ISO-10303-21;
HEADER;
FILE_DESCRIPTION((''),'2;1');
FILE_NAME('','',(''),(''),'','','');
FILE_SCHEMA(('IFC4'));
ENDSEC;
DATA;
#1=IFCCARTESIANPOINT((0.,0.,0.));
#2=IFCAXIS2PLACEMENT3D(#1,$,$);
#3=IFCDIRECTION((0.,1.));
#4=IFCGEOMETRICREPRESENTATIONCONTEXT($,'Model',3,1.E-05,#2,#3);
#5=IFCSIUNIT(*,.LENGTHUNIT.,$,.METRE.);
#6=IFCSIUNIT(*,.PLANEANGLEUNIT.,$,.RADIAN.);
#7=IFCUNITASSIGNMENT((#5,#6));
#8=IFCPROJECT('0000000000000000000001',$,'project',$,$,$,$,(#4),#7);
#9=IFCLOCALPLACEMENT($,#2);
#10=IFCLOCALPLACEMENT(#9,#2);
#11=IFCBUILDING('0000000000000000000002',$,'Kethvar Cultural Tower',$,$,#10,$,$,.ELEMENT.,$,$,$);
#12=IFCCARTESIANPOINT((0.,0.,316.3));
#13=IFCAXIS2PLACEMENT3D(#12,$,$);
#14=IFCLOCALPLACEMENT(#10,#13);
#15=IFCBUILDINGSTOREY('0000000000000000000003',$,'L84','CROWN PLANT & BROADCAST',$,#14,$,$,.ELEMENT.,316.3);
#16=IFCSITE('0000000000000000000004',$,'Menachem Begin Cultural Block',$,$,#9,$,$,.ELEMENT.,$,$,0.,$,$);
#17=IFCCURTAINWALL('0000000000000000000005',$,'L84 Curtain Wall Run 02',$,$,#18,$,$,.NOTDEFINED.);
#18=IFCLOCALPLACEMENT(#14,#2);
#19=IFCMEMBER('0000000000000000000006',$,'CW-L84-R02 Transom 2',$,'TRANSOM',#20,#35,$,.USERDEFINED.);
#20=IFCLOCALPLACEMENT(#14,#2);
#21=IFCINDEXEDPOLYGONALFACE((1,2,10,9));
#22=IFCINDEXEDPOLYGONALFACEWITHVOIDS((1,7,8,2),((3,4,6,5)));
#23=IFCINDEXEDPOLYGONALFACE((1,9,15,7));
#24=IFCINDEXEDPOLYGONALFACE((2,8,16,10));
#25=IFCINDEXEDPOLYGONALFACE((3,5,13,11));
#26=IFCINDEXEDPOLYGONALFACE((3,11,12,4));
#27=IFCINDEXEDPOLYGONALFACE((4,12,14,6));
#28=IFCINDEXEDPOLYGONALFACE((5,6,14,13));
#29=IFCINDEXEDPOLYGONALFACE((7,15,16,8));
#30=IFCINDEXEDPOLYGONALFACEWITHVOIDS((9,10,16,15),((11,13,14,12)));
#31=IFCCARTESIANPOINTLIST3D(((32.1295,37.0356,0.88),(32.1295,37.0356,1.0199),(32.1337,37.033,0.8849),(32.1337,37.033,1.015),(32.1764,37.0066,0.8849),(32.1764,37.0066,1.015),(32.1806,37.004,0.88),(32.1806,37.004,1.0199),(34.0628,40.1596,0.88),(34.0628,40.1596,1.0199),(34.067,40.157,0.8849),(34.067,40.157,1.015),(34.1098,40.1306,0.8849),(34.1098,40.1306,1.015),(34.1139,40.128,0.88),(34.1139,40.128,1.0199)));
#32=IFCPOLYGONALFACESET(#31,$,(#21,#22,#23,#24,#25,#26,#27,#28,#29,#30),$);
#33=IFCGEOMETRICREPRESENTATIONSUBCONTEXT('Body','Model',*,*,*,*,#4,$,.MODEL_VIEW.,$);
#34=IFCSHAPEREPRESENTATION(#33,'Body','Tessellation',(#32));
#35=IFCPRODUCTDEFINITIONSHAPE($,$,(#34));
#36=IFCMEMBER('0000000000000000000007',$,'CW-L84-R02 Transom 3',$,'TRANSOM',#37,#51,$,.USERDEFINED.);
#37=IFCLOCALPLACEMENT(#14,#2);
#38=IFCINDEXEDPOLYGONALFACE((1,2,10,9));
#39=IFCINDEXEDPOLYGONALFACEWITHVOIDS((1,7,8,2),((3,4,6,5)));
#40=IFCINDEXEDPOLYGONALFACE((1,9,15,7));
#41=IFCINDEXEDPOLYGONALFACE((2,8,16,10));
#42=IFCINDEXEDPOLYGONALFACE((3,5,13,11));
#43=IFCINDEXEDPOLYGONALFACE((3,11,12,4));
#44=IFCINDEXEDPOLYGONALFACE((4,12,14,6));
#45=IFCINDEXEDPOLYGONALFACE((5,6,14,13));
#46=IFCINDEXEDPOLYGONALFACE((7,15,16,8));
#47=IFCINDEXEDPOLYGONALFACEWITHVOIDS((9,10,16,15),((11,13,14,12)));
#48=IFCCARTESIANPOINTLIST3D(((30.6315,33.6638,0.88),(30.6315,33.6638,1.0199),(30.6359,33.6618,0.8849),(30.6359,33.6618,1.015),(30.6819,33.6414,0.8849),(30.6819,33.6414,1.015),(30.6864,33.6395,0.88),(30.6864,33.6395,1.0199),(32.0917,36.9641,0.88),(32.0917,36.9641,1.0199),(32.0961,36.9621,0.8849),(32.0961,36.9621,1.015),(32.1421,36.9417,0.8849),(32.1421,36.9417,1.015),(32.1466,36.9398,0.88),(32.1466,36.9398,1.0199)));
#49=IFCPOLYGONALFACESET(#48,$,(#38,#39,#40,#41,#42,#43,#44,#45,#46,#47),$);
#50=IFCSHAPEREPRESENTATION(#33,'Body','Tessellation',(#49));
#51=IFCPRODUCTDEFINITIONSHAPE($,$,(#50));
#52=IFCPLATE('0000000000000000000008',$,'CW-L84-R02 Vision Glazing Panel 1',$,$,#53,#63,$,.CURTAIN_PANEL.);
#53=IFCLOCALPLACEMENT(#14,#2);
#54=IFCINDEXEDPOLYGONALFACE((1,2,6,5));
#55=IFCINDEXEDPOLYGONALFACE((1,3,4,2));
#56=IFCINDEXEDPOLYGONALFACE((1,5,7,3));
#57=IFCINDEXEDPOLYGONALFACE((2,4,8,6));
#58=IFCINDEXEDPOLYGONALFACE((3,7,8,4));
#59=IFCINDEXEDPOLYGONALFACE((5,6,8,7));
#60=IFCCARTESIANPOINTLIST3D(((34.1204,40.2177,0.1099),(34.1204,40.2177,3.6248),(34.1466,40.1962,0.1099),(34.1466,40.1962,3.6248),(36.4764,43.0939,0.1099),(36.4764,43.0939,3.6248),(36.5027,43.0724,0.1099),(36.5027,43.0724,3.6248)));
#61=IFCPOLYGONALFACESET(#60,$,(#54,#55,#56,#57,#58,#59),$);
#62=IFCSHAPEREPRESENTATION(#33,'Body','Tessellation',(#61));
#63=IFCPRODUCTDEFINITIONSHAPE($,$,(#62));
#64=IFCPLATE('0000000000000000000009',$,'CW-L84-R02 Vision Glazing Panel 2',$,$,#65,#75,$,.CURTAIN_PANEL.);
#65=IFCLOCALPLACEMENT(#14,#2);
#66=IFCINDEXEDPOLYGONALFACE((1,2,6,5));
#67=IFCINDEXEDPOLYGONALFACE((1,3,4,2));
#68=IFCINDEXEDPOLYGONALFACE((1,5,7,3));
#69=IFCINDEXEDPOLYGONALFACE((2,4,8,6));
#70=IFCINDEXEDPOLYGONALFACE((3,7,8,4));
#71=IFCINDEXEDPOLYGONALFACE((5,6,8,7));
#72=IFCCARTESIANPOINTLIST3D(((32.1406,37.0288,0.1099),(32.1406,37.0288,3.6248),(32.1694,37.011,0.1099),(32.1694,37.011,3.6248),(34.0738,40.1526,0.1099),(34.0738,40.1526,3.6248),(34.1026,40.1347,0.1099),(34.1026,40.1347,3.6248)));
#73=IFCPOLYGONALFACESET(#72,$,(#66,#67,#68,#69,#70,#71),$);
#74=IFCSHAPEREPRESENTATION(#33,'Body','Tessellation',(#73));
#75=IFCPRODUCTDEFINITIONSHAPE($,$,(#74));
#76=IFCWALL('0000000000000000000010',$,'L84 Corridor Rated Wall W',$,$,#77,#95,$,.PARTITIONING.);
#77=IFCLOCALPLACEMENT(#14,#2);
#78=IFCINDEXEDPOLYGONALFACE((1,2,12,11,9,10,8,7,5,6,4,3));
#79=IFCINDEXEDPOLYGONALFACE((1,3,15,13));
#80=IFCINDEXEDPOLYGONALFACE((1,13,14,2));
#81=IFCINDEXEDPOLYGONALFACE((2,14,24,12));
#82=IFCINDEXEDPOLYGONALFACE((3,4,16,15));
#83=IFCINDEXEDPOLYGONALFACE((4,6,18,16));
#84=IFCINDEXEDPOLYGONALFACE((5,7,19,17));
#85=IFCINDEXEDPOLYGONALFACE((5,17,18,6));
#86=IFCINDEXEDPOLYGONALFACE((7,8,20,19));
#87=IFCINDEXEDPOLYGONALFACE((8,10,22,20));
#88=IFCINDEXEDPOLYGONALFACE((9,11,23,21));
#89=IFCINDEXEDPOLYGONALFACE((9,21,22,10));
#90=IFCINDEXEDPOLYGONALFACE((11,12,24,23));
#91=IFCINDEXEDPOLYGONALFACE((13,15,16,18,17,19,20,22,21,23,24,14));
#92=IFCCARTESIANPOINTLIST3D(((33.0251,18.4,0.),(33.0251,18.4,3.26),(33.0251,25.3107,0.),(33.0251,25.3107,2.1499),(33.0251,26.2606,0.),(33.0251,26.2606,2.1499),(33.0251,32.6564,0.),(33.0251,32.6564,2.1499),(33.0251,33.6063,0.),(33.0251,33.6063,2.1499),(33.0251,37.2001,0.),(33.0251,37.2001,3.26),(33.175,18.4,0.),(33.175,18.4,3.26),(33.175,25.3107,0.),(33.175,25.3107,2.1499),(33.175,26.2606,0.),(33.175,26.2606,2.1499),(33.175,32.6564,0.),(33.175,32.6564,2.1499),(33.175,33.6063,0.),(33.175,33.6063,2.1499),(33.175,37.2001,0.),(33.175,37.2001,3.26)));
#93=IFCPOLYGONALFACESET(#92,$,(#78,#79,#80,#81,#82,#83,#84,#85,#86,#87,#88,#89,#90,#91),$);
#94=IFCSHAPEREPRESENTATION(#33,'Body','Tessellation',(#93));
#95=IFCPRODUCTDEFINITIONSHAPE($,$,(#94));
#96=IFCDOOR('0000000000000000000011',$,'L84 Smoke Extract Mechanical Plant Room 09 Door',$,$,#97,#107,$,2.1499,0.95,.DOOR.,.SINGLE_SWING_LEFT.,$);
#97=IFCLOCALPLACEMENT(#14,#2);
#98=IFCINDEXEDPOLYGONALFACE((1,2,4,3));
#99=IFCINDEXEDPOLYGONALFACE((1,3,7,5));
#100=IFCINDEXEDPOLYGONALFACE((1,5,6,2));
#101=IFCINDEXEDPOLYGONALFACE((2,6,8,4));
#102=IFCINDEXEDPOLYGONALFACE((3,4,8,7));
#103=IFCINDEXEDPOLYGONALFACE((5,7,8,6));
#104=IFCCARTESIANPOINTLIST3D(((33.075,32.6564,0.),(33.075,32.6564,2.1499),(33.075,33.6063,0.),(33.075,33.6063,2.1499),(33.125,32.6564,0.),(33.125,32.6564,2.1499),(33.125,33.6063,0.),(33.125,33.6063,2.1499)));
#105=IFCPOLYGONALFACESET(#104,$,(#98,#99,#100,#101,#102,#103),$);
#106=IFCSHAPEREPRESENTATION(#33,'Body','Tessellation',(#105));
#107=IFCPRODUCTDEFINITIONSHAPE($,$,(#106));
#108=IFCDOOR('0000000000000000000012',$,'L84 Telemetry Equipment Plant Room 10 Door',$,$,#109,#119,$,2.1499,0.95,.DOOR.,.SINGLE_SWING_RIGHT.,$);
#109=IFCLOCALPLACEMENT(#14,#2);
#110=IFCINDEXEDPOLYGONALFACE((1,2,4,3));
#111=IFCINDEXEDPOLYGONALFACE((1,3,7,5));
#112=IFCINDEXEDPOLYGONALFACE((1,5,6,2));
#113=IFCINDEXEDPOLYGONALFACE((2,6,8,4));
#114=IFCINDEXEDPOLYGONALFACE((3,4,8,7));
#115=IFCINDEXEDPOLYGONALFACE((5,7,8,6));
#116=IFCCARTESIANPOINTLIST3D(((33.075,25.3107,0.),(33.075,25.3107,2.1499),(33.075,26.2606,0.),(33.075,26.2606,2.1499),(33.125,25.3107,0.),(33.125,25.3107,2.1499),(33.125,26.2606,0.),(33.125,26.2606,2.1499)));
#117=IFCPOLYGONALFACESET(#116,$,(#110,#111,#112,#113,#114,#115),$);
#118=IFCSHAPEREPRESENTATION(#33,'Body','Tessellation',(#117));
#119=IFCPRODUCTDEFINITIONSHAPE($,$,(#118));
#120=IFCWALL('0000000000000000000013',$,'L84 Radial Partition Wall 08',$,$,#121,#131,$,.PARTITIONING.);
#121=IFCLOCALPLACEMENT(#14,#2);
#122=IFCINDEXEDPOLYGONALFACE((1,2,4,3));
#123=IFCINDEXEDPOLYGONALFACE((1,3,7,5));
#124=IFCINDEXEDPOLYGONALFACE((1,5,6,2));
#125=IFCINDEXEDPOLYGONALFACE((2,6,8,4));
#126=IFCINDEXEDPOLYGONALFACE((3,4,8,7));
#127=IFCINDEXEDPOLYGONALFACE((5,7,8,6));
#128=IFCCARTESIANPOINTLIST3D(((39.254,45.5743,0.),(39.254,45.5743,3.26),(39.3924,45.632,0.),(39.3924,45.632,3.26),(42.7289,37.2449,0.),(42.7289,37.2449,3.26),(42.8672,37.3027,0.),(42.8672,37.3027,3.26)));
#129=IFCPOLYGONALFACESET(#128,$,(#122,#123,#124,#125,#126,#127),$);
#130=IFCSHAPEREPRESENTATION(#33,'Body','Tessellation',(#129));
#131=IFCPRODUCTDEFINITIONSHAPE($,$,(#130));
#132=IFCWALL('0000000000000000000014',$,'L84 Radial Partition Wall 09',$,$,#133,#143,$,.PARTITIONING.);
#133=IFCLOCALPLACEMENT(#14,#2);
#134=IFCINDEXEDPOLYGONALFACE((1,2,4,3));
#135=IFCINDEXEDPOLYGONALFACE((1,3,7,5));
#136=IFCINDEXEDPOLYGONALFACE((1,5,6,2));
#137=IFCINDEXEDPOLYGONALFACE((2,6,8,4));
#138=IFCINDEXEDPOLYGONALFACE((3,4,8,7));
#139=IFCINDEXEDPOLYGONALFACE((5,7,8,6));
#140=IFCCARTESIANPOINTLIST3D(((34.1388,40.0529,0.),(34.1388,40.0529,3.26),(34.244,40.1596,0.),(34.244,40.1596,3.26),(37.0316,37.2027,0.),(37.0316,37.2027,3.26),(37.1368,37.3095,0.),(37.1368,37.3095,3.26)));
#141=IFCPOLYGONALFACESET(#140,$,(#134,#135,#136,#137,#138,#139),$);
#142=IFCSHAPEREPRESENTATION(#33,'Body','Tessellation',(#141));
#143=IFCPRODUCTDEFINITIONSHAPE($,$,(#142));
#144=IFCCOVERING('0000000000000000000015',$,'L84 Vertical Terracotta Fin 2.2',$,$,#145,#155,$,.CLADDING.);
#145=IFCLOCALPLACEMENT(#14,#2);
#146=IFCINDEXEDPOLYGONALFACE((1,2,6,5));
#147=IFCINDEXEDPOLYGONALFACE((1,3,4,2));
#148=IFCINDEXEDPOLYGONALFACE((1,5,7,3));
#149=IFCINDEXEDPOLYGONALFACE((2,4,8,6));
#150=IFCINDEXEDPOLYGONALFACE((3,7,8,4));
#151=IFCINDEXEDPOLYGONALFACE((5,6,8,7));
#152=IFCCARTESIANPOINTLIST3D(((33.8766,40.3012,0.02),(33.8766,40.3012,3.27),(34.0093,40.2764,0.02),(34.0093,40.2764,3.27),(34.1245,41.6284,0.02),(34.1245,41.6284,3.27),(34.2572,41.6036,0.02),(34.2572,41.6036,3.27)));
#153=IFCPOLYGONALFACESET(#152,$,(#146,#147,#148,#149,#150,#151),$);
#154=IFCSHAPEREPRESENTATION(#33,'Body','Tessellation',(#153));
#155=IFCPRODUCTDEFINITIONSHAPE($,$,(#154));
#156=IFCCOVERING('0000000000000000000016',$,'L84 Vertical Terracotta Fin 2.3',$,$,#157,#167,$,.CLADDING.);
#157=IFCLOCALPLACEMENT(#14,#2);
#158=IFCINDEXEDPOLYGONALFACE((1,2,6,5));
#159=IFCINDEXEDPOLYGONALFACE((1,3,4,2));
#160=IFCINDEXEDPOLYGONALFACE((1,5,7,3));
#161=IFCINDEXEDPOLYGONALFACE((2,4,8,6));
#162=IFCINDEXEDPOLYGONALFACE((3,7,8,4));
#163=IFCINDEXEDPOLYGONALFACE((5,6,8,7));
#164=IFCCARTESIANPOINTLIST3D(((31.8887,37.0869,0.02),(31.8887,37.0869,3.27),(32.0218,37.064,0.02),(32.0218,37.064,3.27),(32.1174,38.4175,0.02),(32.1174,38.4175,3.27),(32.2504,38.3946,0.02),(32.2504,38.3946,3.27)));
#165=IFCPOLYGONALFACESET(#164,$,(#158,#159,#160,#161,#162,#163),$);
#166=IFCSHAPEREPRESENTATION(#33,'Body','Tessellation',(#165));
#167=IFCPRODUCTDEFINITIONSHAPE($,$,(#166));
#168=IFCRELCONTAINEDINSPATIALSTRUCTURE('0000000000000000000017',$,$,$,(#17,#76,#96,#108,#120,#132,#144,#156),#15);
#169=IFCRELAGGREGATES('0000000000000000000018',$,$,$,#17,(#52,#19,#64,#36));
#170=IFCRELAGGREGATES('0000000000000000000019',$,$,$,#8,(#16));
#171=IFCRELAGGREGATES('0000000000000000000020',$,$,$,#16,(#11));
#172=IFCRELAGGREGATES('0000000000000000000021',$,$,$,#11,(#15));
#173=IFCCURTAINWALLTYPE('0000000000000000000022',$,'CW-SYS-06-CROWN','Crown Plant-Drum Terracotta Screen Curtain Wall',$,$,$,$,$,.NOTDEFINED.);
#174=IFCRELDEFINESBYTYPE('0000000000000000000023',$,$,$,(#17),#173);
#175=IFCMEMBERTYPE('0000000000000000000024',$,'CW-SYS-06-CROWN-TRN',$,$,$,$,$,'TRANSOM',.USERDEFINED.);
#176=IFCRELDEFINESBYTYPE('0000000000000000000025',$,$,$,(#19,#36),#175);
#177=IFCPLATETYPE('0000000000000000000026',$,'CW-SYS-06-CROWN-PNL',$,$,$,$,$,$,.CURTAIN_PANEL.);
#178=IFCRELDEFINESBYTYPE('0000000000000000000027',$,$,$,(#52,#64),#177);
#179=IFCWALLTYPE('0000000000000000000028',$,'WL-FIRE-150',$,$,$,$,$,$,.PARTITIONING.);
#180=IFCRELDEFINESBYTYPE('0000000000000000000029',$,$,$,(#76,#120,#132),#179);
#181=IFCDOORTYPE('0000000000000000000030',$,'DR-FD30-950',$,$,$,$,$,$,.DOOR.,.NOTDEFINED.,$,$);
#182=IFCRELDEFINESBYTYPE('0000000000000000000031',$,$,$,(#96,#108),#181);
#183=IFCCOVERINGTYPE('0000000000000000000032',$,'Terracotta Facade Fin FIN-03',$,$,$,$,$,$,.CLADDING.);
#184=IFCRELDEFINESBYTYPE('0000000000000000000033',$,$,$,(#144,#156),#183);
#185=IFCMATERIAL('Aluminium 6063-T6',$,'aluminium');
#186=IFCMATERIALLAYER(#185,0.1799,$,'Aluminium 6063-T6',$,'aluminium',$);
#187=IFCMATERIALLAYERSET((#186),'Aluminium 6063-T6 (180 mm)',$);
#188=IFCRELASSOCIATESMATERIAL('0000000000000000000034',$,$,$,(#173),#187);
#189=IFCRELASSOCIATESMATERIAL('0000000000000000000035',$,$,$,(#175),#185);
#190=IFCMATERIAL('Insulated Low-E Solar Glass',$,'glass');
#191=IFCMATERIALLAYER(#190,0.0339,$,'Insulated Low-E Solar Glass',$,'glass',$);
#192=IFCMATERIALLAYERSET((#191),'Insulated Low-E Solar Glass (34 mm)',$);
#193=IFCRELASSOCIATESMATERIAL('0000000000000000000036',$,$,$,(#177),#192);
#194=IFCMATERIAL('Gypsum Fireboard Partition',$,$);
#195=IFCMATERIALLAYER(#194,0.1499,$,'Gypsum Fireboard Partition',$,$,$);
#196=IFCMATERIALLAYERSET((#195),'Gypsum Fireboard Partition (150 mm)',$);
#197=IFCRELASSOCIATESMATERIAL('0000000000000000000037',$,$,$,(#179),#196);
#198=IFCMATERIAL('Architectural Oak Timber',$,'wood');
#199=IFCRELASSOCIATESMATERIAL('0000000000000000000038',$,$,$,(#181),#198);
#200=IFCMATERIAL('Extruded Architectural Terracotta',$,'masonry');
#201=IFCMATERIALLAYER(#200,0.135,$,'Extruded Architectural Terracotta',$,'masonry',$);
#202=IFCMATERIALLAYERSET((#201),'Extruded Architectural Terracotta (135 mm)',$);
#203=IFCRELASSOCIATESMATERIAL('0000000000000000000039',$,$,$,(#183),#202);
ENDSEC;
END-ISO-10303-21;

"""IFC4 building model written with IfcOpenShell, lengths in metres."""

from ifc_helpers import new_model, si_unit, direction, frame, frame_2d, origin, origin_2d, place, context, subcontext, project, spatial, rectangle, hollow_rectangle, extrude, source, transform, mapped, material, layer, layer_set, material_profile, profile_set, type_object, element, fill, aggregate, save


model = new_model("IFC4")

# Units and contexts
model_context = context("Model", 3, precision=1e-05, world=origin(), true_north=direction((0.0, 1.0)))
body_context = subcontext(model_context, "Body", "Model", "MODEL_VIEW")
ifc_project = project(units=[si_unit("LENGTHUNIT", "METRE"), si_unit("PLANEANGLEUNIT", "RADIAN")], contexts=[model_context])

# Site, building, storey
site_placement = place(None, origin())
site = spatial("IfcSite", under=ifc_project, at=site_placement, Name="Menachem Begin Cultural Block", CompositionType="ELEMENT", RefElevation=0.0)
building_placement = place(site_placement, origin())
building = spatial("IfcBuilding", under=site, at=building_placement, Name="Kethvar Cultural Tower", CompositionType="ELEMENT")
storey_placement = place(building_placement, frame((0.0, 0.0, 316.3)))
storey = spatial("IfcBuildingStorey", under=building, at=storey_placement, Name="L84", Description="CROWN PLANT & BROADCAST", CompositionType="ELEMENT", Elevation=316.3)

# Curtain wall, members, plates
ifc_material_1 = material(Name="Aluminium 6063-T6", Category="aluminium")
ifc_layer_1 = layer(ifc_material_1, 0.1799, Name="Aluminium 6063-T6", Category="aluminium")
ifc_layer_set_1 = layer_set([ifc_layer_1], Name="Aluminium 6063-T6 (180 mm)")
curtain_wall_type = type_object("IfcCurtainWallType", Name="CW-SYS-06-CROWN", Description="Crown Plant-Drum Terracotta Screen Curtain Wall", PredefinedType="NOTDEFINED", material=ifc_layer_set_1)
curtain_wall_placement = place(storey_placement, origin())
curtain_wall = element("IfcCurtainWall", 1, at=curtain_wall_placement, inside=storey, type_object=curtain_wall_type, Name="L84 Curtain Wall Run 02", PredefinedType="NOTDEFINED")
ifc_material_profile_1 = material_profile(ifc_material_1, hollow_rectangle(XDim=0.0601, YDim=0.1399, WallThickness=0.0049, at=origin_2d()), Name="Aluminium 6063-T6 — RHS140x60x5")
ifc_profile_set_1 = profile_set([ifc_material_profile_1], Name="Aluminium 6063-T6 — RHS140x60x5")
member_type_1 = type_object("IfcMemberType", Name="CW-SYS-06-CROWN-TRN", ElementType="TRANSOM", PredefinedType="USERDEFINED", material=ifc_profile_set_1)
shared_shape_1 = source(origin(), body_context, "Body", "SweptSolid", [
    extrude(hollow_rectangle(XDim=0.0601, YDim=0.1399, WallThickness=0.0049, at=origin_2d()), origin(), (0.0, 0.0, 1.0), 3.6738),
])
member_1_placement = place(storey_placement, frame((34.0884, 40.1438, 0.95), z_axis=(-0.526243, -0.850335, 0.0), x_axis=(0.850335, -0.526243, 0.0)))
member_1 = element("IfcMember", 2, at=member_1_placement, type_object=member_type_1, Name="CW-L84-R02 Transom 2", ObjectType="TRANSOM", PredefinedType="USERDEFINED", context=body_context, shape_type="MappedRepresentation", body=[
    mapped(shared_shape_1, transform((0.0, 0.0, 0.0), scale=1.0)),
])
shared_shape_2 = source(origin(), body_context, "Body", "SweptSolid", [
    extrude(hollow_rectangle(XDim=0.0601, YDim=0.1399, WallThickness=0.0049, at=origin_2d()), origin(), (0.0, 0.0, 1.0), 3.6089),
])
member_2_placement = place(storey_placement, frame((32.1191, 36.9519, 0.95), z_axis=(-0.404613, -0.914488, 0.0), x_axis=(0.914488, -0.404613, 0.0)))
member_2 = element("IfcMember", 3, at=member_2_placement, type_object=member_type_1, Name="CW-L84-R02 Transom 3", ObjectType="TRANSOM", PredefinedType="USERDEFINED", context=body_context, shape_type="MappedRepresentation", body=[
    mapped(shared_shape_2, transform((0.0, 0.0, 0.0), scale=1.0)),
])
ifc_material_2 = material(Name="Insulated Low-E Solar Glass", Category="glass")
ifc_layer_2 = layer(ifc_material_2, 0.0339, Name="Insulated Low-E Solar Glass", Category="glass")
ifc_layer_set_2 = layer_set([ifc_layer_2], Name="Insulated Low-E Solar Glass (34 mm)")
plate_type = type_object("IfcPlateType", Name="CW-SYS-06-CROWN-PNL", PredefinedType="CURTAIN_PANEL", material=ifc_layer_set_2)
shared_shape_3 = source(origin(), body_context, "Body", "SweptSolid", [
    extrude(rectangle(XDim=3.718, YDim=0.0339, at=origin_2d()), origin(), (0.0, 0.0, 1.0), 3.5149),
])
plate_1_placement = place(storey_placement, frame((35.3115, 41.645, 0.1099), z_axis=(0.0, 0.0, 1.0), x_axis=(-0.633691, -0.773586, 0.0)))
plate_1 = element("IfcPlate", 4, at=plate_1_placement, type_object=plate_type, Name="CW-L84-R02 Vision Glazing Panel 1", PredefinedType="CURTAIN_PANEL", context=body_context, shape_type="MappedRepresentation", body=[
    mapped(shared_shape_3, transform((0.0, 0.0, 0.0), scale=1.0)),
])
shared_shape_4 = source(origin(), body_context, "Body", "SweptSolid", [
    extrude(rectangle(XDim=3.6736, YDim=0.0339, at=origin_2d()), origin(), (0.0, 0.0, 1.0), 3.5149),
])
plate_2_placement = place(storey_placement, frame((33.1216, 38.5818, 0.1099), z_axis=(0.0, 0.0, 1.0), x_axis=(-0.526244, -0.850334, 0.0)))
plate_2 = element("IfcPlate", 5, at=plate_2_placement, type_object=plate_type, Name="CW-L84-R02 Vision Glazing Panel 2", PredefinedType="CURTAIN_PANEL", context=body_context, shape_type="MappedRepresentation", body=[
    mapped(shared_shape_4, transform((0.0, 0.0, 0.0), scale=1.0)),
])
aggregate(curtain_wall, [plate_1, member_1, plate_2, member_2])

# Wall, openings, doors
ifc_material_3 = material(Name="Gypsum Fireboard Partition")
ifc_layer_3 = layer(ifc_material_3, 0.1499, Name="Gypsum Fireboard Partition")
ifc_layer_set_3 = layer_set([ifc_layer_3], Name="Gypsum Fireboard Partition (150 mm)")
wall_type = type_object("IfcWallType", Name="WL-FIRE-150", PredefinedType="PARTITIONING", material=ifc_layer_set_3)
wall_1_placement = place(storey_placement, frame((33.1001, 37.2, 0.0), z_axis=(0.0, 0.0, 1.0), x_axis=(0.0, -1.0, 0.0)))
wall_1 = element("IfcWall", 6, at=wall_1_placement, inside=storey, type_object=wall_type, Name="L84 Corridor Rated Wall W", PredefinedType="PARTITIONING", context=body_context, shape_type="SweptSolid", body=[
    extrude(rectangle(XDim=18.8, YDim=0.1499, at=frame_2d((9.3999, 0.0))), origin(), (0.0, 0.0, 1.0), 3.26),
])
opening_1_placement = place(wall_1_placement, frame((3.5935, 0.0, 0.0)))
opening_1 = element("IfcOpeningElement", 7, at=opening_1_placement, cuts=wall_1, PredefinedType="OPENING", context=body_context, shape_type="SweptSolid", body=[
    extrude(rectangle(XDim=0.95, YDim=2.1499, at=frame_2d((0.4751, 1.075))), frame((0.0, 0.085, 0.0), z_axis=(0.0, -1.0, 0.0), x_axis=(1.0, 0.0, 0.0)), (0.0, 0.0, 1.0), 0.1699),
])
opening_2_placement = place(wall_1_placement, frame((10.9392, 0.0, 0.0)))
opening_2 = element("IfcOpeningElement", 8, at=opening_2_placement, cuts=wall_1, PredefinedType="OPENING", context=body_context, shape_type="SweptSolid", body=[
    extrude(rectangle(XDim=0.95, YDim=2.1499, at=frame_2d((0.4751, 1.075))), frame((0.0, 0.085, 0.0), z_axis=(0.0, -1.0, 0.0), x_axis=(1.0, 0.0, 0.0)), (0.0, 0.0, 1.0), 0.1699),
])
ifc_material_4 = material(Name="Architectural Oak Timber", Category="wood")
door_type = type_object("IfcDoorType", Name="DR-FD30-950", OperationType="NOTDEFINED", PredefinedType="DOOR", material=ifc_material_4)
shared_shape_5 = source(origin(), body_context, "Body", "SweptSolid", [
    extrude(rectangle(XDim=0.95, YDim=2.1499, at=frame_2d((0.4751, 1.075))), frame((0.0, 0.0249, 0.0), z_axis=(0.0, -1.0, 0.0), x_axis=(1.0, 0.0, 0.0)), (0.0, 0.0, 1.0), 0.05),
])
door_1_placement = place(opening_1_placement, origin())
door_1 = element("IfcDoor", 9, at=door_1_placement, inside=storey, type_object=door_type, Name="L84 Smoke Extract Mechanical Plant Room 09 Door", OperationType="SINGLE_SWING_LEFT", OverallHeight=2.1499, OverallWidth=0.95, PredefinedType="DOOR", context=body_context, shape_type="MappedRepresentation", body=[
    mapped(shared_shape_5, transform((0.0, 0.0, 0.0), scale=1.0)),
])
fill(opening_1, door_1)
door_2_placement = place(opening_2_placement, origin())
door_2 = element("IfcDoor", 10, at=door_2_placement, inside=storey, type_object=door_type, Name="L84 Telemetry Equipment Plant Room 10 Door", OperationType="SINGLE_SWING_RIGHT", OverallHeight=2.1499, OverallWidth=0.95, PredefinedType="DOOR", context=body_context, shape_type="MappedRepresentation", body=[
    mapped(shared_shape_5, transform((0.0, 0.0, 0.0), scale=1.0)),
])
fill(opening_2, door_2)

# Walls
wall_2_placement = place(storey_placement, frame((42.7981, 37.2737, 0.0), z_axis=(0.0, 0.0, 1.0), x_axis=(-0.385021, 0.922908, 0.0)))
element("IfcWall", 11, at=wall_2_placement, inside=storey, type_object=wall_type, Name="L84 Radial Partition Wall 08", PredefinedType="PARTITIONING", context=body_context, shape_type="SweptSolid", body=[
    extrude(rectangle(XDim=9.0251, YDim=0.1499, at=frame_2d((4.5127, 0.0))), origin(), (0.0, 0.0, 1.0), 3.26),
])
wall_3_placement = place(storey_placement, frame((37.0842, 37.2561, 0.0), z_axis=(0.0, 0.0, 1.0), x_axis=(-0.712348, 0.701827, 0.0)))
element("IfcWall", 12, at=wall_3_placement, inside=storey, type_object=wall_type, Name="L84 Radial Partition Wall 09", PredefinedType="PARTITIONING", context=body_context, shape_type="SweptSolid", body=[
    extrude(rectangle(XDim=4.061, YDim=0.1499, at=frame_2d((2.0305, 0.0))), origin(), (0.0, 0.0, 1.0), 3.26),
])

# Coverings
ifc_material_5 = material(Name="Extruded Architectural Terracotta", Category="masonry")
ifc_layer_4 = layer(ifc_material_5, 0.135, Name="Extruded Architectural Terracotta", Category="masonry")
ifc_layer_set_4 = layer_set([ifc_layer_4], Name="Extruded Architectural Terracotta (135 mm)")
covering_type = type_object("IfcCoveringType", Name="Terracotta Facade Fin FIN-03", PredefinedType="CLADDING", material=ifc_layer_set_4)
shared_shape_6 = source(origin(), body_context, "Body", "SweptSolid", [
    extrude(rectangle(XDim=1.3501, YDim=0.135, at=origin_2d()), origin(), (0.0, 0.0, 1.0), 3.25),
])
for number, where, z_axis, x_axis, name in (
    (13, (34.0669, 40.9524, 0.02), (0.0, 0.0, 1.0), (0.183608, 0.983, 0.0), "L84 Vertical Terracotta Fin 2.2"),
    (14, (32.0696, 37.7407, 0.02), (0.0, 0.0, 1.0), (0.16935, 0.985556, 0.0), "L84 Vertical Terracotta Fin 2.3"),
):
    element("IfcCovering", number, at=place(storey_placement, frame(where, z_axis=z_axis, x_axis=x_axis)), inside=storey, type_object=covering_type, Name=name, PredefinedType="CLADDING", context=body_context, shape_type="MappedRepresentation", body=[
        mapped(shared_shape_6, transform((0.0, 0.0, 0.0), scale=1.0)),
    ])

save(model, "model.ifc")
